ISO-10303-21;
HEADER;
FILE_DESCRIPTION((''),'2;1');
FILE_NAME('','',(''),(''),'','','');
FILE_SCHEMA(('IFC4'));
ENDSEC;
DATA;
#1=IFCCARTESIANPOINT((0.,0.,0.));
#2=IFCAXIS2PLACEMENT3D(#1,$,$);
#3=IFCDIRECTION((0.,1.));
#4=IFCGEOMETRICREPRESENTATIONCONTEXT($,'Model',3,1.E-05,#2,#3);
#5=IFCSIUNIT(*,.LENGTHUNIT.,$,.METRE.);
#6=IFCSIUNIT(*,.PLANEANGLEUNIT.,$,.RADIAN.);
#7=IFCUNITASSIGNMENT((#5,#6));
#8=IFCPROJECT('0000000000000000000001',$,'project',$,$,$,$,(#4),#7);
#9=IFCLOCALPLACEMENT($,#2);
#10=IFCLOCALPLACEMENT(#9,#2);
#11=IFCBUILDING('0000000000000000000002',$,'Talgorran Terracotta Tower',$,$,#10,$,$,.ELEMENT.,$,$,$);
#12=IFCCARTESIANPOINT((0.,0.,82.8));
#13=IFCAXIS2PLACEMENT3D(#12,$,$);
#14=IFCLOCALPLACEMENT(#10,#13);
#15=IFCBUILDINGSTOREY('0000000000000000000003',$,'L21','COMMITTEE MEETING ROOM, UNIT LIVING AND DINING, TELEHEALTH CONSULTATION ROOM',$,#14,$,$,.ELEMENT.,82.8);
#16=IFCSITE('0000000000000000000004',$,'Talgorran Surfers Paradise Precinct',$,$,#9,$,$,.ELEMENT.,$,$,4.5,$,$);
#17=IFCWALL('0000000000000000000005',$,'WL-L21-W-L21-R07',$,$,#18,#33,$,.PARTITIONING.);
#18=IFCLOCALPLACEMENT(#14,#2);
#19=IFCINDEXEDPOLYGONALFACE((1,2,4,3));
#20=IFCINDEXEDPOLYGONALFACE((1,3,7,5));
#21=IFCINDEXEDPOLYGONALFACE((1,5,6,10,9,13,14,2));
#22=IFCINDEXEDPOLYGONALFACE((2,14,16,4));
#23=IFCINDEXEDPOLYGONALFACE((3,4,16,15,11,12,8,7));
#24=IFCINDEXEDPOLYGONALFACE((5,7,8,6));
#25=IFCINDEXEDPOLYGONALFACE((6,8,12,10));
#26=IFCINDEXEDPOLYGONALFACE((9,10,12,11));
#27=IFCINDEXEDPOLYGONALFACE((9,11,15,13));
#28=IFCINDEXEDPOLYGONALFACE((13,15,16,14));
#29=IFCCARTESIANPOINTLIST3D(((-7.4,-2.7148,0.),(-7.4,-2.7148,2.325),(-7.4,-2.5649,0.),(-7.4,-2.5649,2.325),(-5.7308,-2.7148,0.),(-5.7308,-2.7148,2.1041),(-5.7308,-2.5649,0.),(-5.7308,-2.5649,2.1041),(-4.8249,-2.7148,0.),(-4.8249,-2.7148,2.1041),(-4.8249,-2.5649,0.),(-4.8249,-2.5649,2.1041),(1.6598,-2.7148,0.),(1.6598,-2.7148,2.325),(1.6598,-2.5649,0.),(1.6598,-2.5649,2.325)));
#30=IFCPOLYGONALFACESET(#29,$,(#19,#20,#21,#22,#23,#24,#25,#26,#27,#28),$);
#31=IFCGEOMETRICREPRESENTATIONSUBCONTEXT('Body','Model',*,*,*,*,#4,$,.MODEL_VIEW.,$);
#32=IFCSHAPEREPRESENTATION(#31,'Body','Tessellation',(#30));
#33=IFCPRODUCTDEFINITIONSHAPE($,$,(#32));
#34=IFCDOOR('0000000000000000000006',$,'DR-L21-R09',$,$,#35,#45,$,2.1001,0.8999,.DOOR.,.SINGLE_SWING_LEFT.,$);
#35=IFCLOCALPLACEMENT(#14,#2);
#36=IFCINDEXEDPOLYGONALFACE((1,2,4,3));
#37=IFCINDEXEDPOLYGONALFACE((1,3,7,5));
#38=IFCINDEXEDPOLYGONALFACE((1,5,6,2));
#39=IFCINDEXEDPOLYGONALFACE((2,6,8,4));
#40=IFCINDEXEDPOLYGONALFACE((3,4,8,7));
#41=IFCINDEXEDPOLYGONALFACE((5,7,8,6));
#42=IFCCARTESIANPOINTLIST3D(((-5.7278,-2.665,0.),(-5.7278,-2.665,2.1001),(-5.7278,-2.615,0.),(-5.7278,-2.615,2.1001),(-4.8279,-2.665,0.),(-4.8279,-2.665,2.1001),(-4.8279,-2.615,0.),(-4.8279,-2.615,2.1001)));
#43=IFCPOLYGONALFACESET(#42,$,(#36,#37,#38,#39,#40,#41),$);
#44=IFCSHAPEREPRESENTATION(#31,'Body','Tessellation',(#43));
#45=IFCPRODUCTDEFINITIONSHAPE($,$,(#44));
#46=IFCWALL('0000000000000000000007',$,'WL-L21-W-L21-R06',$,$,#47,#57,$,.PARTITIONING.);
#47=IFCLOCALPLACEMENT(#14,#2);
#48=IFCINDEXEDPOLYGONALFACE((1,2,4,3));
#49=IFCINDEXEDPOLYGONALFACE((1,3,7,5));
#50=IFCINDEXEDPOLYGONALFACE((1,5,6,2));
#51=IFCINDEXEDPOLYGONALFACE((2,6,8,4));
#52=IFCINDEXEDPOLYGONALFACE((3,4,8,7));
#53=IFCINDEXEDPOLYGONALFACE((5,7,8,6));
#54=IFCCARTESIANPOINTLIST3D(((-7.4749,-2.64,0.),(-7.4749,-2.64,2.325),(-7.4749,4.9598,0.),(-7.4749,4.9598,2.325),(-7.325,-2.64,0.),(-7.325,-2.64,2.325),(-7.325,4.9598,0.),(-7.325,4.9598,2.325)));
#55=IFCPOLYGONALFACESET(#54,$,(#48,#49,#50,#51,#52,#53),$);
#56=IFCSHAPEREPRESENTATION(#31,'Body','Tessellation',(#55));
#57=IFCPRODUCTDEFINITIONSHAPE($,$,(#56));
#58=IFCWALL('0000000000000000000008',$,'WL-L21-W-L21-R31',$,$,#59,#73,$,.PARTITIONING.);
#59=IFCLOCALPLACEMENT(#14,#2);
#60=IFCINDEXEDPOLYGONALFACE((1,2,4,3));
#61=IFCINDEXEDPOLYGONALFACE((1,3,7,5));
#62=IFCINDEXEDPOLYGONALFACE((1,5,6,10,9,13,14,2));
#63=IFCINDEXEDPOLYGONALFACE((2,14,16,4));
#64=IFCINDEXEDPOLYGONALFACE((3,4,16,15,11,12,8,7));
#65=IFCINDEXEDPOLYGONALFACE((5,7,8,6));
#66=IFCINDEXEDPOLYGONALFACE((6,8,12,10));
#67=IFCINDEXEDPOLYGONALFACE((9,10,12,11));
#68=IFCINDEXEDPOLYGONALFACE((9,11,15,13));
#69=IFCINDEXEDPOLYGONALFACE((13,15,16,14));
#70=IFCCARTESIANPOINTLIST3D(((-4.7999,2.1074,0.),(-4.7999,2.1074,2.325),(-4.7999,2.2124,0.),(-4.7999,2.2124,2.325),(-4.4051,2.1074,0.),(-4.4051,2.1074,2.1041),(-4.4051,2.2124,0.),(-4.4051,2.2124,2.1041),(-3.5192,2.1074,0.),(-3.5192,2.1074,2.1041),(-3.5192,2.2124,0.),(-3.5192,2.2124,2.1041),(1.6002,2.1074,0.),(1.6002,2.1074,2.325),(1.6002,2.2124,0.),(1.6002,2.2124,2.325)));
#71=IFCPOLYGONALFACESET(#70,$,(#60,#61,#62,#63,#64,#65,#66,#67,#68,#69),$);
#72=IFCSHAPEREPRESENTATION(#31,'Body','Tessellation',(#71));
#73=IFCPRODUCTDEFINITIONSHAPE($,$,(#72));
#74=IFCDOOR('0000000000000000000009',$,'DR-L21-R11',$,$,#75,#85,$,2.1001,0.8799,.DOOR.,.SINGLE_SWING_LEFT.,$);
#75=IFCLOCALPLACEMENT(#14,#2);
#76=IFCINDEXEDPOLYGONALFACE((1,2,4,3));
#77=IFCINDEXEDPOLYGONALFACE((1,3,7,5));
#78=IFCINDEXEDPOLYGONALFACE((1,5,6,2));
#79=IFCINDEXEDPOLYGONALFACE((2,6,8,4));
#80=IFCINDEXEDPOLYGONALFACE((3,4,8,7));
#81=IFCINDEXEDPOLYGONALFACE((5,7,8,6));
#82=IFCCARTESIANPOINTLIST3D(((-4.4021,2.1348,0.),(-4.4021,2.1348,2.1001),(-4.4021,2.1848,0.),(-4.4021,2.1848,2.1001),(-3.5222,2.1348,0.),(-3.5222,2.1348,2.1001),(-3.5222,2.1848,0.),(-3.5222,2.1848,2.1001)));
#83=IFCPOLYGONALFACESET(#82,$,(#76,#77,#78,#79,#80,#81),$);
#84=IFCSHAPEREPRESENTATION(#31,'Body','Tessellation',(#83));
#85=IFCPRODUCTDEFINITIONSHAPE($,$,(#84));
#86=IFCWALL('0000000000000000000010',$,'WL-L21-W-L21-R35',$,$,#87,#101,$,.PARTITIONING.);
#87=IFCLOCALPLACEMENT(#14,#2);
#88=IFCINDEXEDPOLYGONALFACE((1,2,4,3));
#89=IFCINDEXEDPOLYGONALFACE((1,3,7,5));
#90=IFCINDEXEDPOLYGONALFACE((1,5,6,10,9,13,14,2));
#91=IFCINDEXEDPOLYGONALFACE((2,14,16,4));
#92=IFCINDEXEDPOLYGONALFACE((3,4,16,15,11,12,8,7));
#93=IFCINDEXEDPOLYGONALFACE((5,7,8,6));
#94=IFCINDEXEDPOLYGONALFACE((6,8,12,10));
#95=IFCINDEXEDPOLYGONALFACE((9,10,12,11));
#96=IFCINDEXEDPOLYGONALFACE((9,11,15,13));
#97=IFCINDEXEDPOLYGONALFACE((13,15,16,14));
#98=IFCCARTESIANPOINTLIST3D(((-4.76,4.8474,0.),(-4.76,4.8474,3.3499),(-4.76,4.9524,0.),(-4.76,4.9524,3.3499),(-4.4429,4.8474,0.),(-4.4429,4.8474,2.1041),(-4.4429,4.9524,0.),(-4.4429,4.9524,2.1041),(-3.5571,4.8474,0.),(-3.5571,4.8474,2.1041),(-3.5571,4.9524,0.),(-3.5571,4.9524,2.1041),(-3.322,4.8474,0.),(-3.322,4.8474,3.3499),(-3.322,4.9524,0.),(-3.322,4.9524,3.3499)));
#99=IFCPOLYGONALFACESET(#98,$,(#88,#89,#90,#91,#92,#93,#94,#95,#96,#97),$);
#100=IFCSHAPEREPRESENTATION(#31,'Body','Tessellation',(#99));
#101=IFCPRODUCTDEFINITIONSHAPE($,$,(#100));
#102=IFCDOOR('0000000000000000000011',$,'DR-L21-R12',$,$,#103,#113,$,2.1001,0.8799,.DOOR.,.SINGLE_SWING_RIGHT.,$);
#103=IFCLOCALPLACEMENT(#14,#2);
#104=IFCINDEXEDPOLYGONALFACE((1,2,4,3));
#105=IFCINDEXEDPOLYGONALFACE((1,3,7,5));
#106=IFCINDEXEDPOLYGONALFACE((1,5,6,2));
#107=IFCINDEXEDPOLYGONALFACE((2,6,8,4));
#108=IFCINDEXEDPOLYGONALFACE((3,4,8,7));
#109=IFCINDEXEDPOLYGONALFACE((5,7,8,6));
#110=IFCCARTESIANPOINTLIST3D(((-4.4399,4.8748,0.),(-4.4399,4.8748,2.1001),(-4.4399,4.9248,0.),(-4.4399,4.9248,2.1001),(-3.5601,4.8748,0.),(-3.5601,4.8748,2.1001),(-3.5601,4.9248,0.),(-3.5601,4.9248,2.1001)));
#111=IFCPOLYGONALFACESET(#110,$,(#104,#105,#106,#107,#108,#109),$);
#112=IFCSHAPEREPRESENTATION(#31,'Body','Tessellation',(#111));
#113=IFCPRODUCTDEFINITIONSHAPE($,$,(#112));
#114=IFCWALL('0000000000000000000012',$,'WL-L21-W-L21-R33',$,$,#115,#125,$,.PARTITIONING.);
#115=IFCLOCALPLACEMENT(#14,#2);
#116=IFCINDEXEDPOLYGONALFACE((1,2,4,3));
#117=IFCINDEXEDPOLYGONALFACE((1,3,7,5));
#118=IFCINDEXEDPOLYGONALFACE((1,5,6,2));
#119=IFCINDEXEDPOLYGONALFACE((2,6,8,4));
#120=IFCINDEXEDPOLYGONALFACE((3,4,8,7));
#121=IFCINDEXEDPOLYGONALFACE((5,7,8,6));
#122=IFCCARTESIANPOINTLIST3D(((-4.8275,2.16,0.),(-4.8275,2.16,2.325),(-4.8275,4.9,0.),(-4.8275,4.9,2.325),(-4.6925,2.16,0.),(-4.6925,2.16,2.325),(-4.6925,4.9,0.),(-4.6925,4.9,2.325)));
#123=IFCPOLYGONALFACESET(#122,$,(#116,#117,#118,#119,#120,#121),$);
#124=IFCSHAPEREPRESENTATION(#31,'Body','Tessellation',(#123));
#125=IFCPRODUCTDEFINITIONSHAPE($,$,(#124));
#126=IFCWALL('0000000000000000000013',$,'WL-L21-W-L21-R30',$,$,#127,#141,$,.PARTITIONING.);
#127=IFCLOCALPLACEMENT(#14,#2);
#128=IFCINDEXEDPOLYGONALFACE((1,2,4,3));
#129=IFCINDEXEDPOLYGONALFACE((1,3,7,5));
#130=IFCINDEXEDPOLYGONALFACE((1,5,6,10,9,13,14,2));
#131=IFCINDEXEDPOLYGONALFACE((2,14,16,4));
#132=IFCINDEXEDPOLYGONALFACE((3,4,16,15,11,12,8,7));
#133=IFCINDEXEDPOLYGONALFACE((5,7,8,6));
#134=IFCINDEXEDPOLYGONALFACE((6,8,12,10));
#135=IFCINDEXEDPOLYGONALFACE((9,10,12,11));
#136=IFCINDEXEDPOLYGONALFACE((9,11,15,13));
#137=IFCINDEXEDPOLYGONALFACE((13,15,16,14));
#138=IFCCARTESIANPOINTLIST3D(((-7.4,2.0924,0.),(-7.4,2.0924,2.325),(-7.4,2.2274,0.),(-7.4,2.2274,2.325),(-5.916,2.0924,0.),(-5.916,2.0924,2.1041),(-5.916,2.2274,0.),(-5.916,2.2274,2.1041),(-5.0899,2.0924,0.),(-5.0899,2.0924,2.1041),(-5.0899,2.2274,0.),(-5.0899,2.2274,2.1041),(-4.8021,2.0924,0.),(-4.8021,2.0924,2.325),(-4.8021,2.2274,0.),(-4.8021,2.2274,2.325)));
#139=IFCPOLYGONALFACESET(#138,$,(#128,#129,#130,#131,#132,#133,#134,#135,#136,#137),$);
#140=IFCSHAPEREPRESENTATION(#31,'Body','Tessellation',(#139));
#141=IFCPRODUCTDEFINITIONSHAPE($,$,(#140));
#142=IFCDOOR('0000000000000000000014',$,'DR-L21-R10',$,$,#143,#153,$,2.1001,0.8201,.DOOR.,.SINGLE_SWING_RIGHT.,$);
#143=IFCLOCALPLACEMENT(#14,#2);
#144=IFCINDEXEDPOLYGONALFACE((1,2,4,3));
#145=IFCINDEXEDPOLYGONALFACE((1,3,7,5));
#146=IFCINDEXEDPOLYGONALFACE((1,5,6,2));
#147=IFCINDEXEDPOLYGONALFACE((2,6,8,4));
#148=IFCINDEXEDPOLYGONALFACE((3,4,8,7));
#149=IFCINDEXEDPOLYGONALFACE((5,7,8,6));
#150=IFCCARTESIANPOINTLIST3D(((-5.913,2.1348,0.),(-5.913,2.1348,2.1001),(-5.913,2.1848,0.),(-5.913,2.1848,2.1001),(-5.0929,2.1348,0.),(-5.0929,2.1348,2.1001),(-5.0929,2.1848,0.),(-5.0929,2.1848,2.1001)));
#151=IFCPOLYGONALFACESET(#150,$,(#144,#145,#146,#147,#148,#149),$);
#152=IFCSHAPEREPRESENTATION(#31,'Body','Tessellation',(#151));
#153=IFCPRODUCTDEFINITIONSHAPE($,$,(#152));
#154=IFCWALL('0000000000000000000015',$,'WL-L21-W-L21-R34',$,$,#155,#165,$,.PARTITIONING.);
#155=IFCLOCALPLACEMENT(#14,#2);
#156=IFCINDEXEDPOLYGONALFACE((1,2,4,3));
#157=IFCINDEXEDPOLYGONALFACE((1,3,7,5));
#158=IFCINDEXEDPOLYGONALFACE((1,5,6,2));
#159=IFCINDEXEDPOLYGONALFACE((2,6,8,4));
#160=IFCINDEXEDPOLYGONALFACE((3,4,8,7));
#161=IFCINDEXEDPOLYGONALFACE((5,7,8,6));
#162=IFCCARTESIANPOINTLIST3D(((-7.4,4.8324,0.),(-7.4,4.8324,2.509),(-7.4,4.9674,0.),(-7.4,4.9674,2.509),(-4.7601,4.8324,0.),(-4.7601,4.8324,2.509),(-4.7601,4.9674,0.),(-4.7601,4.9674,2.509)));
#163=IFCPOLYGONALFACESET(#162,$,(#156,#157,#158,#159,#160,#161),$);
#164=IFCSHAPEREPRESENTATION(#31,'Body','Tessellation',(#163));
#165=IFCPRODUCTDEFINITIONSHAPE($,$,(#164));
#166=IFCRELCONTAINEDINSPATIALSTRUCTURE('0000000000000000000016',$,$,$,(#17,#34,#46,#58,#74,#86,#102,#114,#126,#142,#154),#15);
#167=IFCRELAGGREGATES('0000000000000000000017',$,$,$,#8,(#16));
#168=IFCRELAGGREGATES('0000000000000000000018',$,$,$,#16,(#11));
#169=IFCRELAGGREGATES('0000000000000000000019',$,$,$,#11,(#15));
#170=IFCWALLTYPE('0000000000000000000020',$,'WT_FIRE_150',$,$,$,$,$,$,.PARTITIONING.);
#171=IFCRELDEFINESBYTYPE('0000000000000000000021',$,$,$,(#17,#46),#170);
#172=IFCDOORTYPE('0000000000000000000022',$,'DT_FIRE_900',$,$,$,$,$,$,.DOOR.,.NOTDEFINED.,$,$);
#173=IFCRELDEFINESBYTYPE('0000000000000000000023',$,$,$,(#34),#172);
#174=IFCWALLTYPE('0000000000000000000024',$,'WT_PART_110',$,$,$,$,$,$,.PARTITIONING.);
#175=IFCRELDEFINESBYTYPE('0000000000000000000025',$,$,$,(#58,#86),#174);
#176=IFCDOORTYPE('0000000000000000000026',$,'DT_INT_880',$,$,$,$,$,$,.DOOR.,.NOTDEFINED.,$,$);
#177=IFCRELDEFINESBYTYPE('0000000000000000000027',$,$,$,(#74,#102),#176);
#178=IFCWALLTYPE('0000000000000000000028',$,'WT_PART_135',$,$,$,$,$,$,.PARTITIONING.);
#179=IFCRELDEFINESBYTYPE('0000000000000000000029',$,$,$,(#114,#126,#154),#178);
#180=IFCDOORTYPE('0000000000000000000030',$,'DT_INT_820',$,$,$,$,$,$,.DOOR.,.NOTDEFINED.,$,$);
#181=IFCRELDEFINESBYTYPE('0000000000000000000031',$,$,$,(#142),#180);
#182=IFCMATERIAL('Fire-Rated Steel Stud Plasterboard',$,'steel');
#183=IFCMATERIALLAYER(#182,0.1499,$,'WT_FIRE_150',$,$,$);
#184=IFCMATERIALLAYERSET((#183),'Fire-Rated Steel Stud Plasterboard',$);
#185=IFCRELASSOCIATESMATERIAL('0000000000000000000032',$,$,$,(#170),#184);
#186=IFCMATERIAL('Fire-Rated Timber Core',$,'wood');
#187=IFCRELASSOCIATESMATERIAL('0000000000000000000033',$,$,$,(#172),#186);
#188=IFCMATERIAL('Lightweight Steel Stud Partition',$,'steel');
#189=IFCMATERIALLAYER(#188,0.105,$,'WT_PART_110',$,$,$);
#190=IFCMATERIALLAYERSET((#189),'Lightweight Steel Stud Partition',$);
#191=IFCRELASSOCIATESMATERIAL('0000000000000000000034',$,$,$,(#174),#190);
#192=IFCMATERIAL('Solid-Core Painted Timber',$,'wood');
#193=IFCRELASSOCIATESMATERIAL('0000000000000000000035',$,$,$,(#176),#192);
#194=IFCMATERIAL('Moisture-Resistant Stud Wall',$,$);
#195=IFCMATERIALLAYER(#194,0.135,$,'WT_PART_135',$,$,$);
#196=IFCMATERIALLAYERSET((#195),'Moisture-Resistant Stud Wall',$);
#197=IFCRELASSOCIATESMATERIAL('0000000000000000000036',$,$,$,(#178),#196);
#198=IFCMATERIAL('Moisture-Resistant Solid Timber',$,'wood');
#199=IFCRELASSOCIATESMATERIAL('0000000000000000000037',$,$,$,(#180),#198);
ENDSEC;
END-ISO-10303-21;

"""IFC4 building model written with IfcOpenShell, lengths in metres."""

from ifc_helpers import new_model, si_unit, direction, frame, frame_2d, origin, place, context, subcontext, project, spatial, rectangle, extrude, material, layer, layer_set, type_object, element, fill, save


model = new_model("IFC4")

# Units and contexts
model_context = context("Model", 3, precision=1e-05, world=origin(), true_north=direction((0.0, 1.0)))
body_context = subcontext(model_context, "Body", "Model", "MODEL_VIEW")
ifc_project = project(units=[si_unit("LENGTHUNIT", "METRE"), si_unit("PLANEANGLEUNIT", "RADIAN")], contexts=[model_context])

# Site, building, storey
site_placement = place(None, origin())
site = spatial("IfcSite", under=ifc_project, at=site_placement, Name="Talgorran Surfers Paradise Precinct", CompositionType="ELEMENT", RefElevation=4.5)
building_placement = place(site_placement, origin())
building = spatial("IfcBuilding", under=site, at=building_placement, Name="Talgorran Terracotta Tower", CompositionType="ELEMENT")
storey_placement = place(building_placement, frame((0.0, 0.0, 82.8)))
storey = spatial("IfcBuildingStorey", under=building, at=storey_placement, Name="L21", Description="COMMITTEE MEETING ROOM, UNIT LIVING AND DINING, TELEHEALTH CONSULTATION ROOM", CompositionType="ELEMENT", Elevation=82.8)

# Wall, opening, door
ifc_material_1 = material(Name="Fire-Rated Steel Stud Plasterboard", Category="steel")
ifc_layer_1 = layer(ifc_material_1, 0.1499, Name="WT_FIRE_150")
ifc_layer_set_1 = layer_set([ifc_layer_1], Name="Fire-Rated Steel Stud Plasterboard")
wall_type_1 = type_object("IfcWallType", Name="WT_FIRE_150", PredefinedType="PARTITIONING", material=ifc_layer_set_1)
wall_1_placement = place(storey_placement, frame((-7.3999, -2.6399, 0.0), z_axis=(0.0, 0.0, 1.0), x_axis=(1.0, 0.0, 0.0)))
wall_1 = element("IfcWall", 1, at=wall_1_placement, inside=storey, type_object=wall_type_1, Name="WL-L21-W-L21-R07", PredefinedType="PARTITIONING", context=body_context, shape_type="SweptSolid", body=[
    extrude(rectangle(XDim=9.0598, YDim=0.1499, at=frame_2d((4.5298, 0.0))), origin(), (0.0, 0.0, 1.0), 2.325),
])
opening_1_placement = place(wall_1_placement, frame((1.6721, 0.0, 0.0)))
opening_1 = element("IfcOpeningElement", 2, at=opening_1_placement, cuts=wall_1, PredefinedType="OPENING", context=body_context, shape_type="SweptSolid", body=[
    extrude(rectangle(XDim=0.9059, YDim=2.1041, at=frame_2d((0.45, 1.052))), frame((0.0, 0.085, 0.0), z_axis=(0.0, -1.0, 0.0), x_axis=(1.0, 0.0, 0.0)), (0.0, 0.0, 1.0), 0.1699),
])
ifc_material_2 = material(Name="Fire-Rated Timber Core", Category="wood")
door_type_1 = type_object("IfcDoorType", Name="DT_FIRE_900", OperationType="NOTDEFINED", PredefinedType="DOOR", material=ifc_material_2)
door_1_placement = place(opening_1_placement, origin())
door_1 = element("IfcDoor", 3, at=door_1_placement, inside=storey, type_object=door_type_1, Name="DR-L21-R09", OperationType="SINGLE_SWING_LEFT", OverallHeight=2.1001, OverallWidth=0.8999, PredefinedType="DOOR", context=body_context, shape_type="SweptSolid", body=[
    extrude(rectangle(XDim=0.8999, YDim=2.1001, at=frame_2d((0.45, 1.05))), frame((0.0, 0.0249, 0.0), z_axis=(0.0, -1.0, 0.0), x_axis=(1.0, 0.0, 0.0)), (0.0, 0.0, 1.0), 0.05),
])
fill(opening_1, door_1)

# Wall
wall_2_placement = place(storey_placement, frame((-7.3999, -2.6399, 0.0), z_axis=(0.0, 0.0, 1.0), x_axis=(0.0, 1.0, 0.0)))
element("IfcWall", 4, at=wall_2_placement, inside=storey, type_object=wall_type_1, Name="WL-L21-W-L21-R06", PredefinedType="PARTITIONING", context=body_context, shape_type="SweptSolid", body=[
    extrude(rectangle(XDim=7.5999, YDim=0.1499, at=frame_2d((3.7998, 0.0))), origin(), (0.0, 0.0, 1.0), 2.325),
])

# Walls, openings, doors
ifc_material_3 = material(Name="Lightweight Steel Stud Partition", Category="steel")
ifc_layer_2 = layer(ifc_material_3, 0.105, Name="WT_PART_110")
ifc_layer_set_2 = layer_set([ifc_layer_2], Name="Lightweight Steel Stud Partition")
wall_type_2 = type_object("IfcWallType", Name="WT_PART_110", PredefinedType="PARTITIONING", material=ifc_layer_set_2)
wall_3_placement = place(storey_placement, frame((-4.8, 2.1599, 0.0), z_axis=(0.0, 0.0, 1.0), x_axis=(1.0, 0.0, 0.0)))
wall_3 = element("IfcWall", 5, at=wall_3_placement, inside=storey, type_object=wall_type_2, Name="WL-L21-W-L21-R31", PredefinedType="PARTITIONING", context=body_context, shape_type="SweptSolid", body=[
    extrude(rectangle(XDim=6.4001, YDim=0.105, at=frame_2d((3.2002, 0.0))), origin(), (0.0, 0.0, 1.0), 2.325),
])
opening_2_placement = place(wall_3_placement, frame((0.3979, 0.0, 0.0)))
opening_2 = element("IfcOpeningElement", 6, at=opening_2_placement, cuts=wall_3, PredefinedType="OPENING", context=body_context, shape_type="SweptSolid", body=[
    extrude(rectangle(XDim=0.8859, YDim=2.1041, at=frame_2d((0.4399, 1.052))), frame((0.0, 0.0625, 0.0), z_axis=(0.0, -1.0, 0.0), x_axis=(1.0, 0.0, 0.0)), (0.0, 0.0, 1.0), 0.125),
])
ifc_material_4 = material(Name="Solid-Core Painted Timber", Category="wood")
door_type_2 = type_object("IfcDoorType", Name="DT_INT_880", OperationType="NOTDEFINED", PredefinedType="DOOR", material=ifc_material_4)
door_2_placement = place(opening_2_placement, origin())
door_2 = element("IfcDoor", 7, at=door_2_placement, inside=storey, type_object=door_type_2, Name="DR-L21-R11", OperationType="SINGLE_SWING_LEFT", OverallHeight=2.1001, OverallWidth=0.8799, PredefinedType="DOOR", context=body_context, shape_type="SweptSolid", body=[
    extrude(rectangle(XDim=0.8799, YDim=2.1001, at=frame_2d((0.4399, 1.05))), frame((0.0, 0.0249, 0.0), z_axis=(0.0, -1.0, 0.0), x_axis=(1.0, 0.0, 0.0)), (0.0, 0.0, 1.0), 0.05),
])
fill(opening_2, door_2)
wall_4_placement = place(storey_placement, frame((-4.76, 4.8999, 0.0), z_axis=(0.0, 0.0, 1.0), x_axis=(1.0, 0.0, 0.0)))
wall_4 = element("IfcWall", 8, at=wall_4_placement, inside=storey, type_object=wall_type_2, Name="WL-L21-W-L21-R35", PredefinedType="PARTITIONING", context=body_context, shape_type="SweptSolid", body=[
    extrude(rectangle(XDim=1.438, YDim=0.105, at=frame_2d((0.719, 0.0))), origin(), (0.0, 0.0, 1.0), 3.3499),
])
opening_3_placement = place(wall_4_placement, frame((0.3201, 0.0, 0.0)))
opening_3 = element("IfcOpeningElement", 9, at=opening_3_placement, cuts=wall_4, PredefinedType="OPENING", context=body_context, shape_type="SweptSolid", body=[
    extrude(rectangle(XDim=0.8859, YDim=2.1041, at=frame_2d((0.4399, 1.052))), frame((0.0, 0.0625, 0.0), z_axis=(0.0, -1.0, 0.0), x_axis=(1.0, 0.0, 0.0)), (0.0, 0.0, 1.0), 0.125),
])
door_3_placement = place(opening_3_placement, origin())
door_3 = element("IfcDoor", 10, at=door_3_placement, inside=storey, type_object=door_type_2, Name="DR-L21-R12", OperationType="SINGLE_SWING_RIGHT", OverallHeight=2.1001, OverallWidth=0.8799, PredefinedType="DOOR", context=body_context, shape_type="SweptSolid", body=[
    extrude(rectangle(XDim=0.8799, YDim=2.1001, at=frame_2d((0.4399, 1.05))), frame((0.0, 0.0249, 0.0), z_axis=(0.0, -1.0, 0.0), x_axis=(1.0, 0.0, 0.0)), (0.0, 0.0, 1.0), 0.05),
])
fill(opening_3, door_3)

# Wall
ifc_material_5 = material(Name="Moisture-Resistant Stud Wall")
ifc_layer_3 = layer(ifc_material_5, 0.135, Name="WT_PART_135")
ifc_layer_set_3 = layer_set([ifc_layer_3], Name="Moisture-Resistant Stud Wall")
wall_type_3 = type_object("IfcWallType", Name="WT_PART_135", PredefinedType="PARTITIONING", material=ifc_layer_set_3)
wall_5_placement = place(storey_placement, frame((-4.76, 2.1599, 0.0), z_axis=(0.0, 0.0, 1.0), x_axis=(0.0, 1.0, 0.0)))
element("IfcWall", 11, at=wall_5_placement, inside=storey, type_object=wall_type_3, Name="WL-L21-W-L21-R33", PredefinedType="PARTITIONING", context=body_context, shape_type="SweptSolid", body=[
    extrude(rectangle(XDim=2.74, YDim=0.135, at=frame_2d((1.3701, 0.0))), origin(), (0.0, 0.0, 1.0), 2.325),
])

# Wall, opening, door
wall_6_placement = place(storey_placement, frame((-7.3999, 2.1599, 0.0), z_axis=(0.0, 0.0, 1.0), x_axis=(1.0, 0.0, 0.0)))
wall_6 = element("IfcWall", 12, at=wall_6_placement, inside=storey, type_object=wall_type_3, Name="WL-L21-W-L21-R30", PredefinedType="PARTITIONING", context=body_context, shape_type="SweptSolid", body=[
    extrude(rectangle(XDim=2.5979, YDim=0.135, at=frame_2d((1.2988, 0.0))), origin(), (0.0, 0.0, 1.0), 2.325),
])
opening_4_placement = place(wall_6_placement, frame((1.4868, 0.0, 0.0)))
opening_4 = element("IfcOpeningElement", 13, at=opening_4_placement, cuts=wall_6, PredefinedType="OPENING", context=body_context, shape_type="SweptSolid", body=[
    extrude(rectangle(XDim=0.8261, YDim=2.1041, at=frame_2d((0.4102, 1.052))), frame((0.0, 0.0776, 0.0), z_axis=(0.0, -1.0, 0.0), x_axis=(1.0, 0.0, 0.0)), (0.0, 0.0, 1.0), 0.155),
])
ifc_material_6 = material(Name="Moisture-Resistant Solid Timber", Category="wood")
door_type_3 = type_object("IfcDoorType", Name="DT_INT_820", OperationType="NOTDEFINED", PredefinedType="DOOR", material=ifc_material_6)
door_4_placement = place(opening_4_placement, origin())
door_4 = element("IfcDoor", 14, at=door_4_placement, inside=storey, type_object=door_type_3, Name="DR-L21-R10", OperationType="SINGLE_SWING_RIGHT", OverallHeight=2.1001, OverallWidth=0.8201, PredefinedType="DOOR", context=body_context, shape_type="SweptSolid", body=[
    extrude(rectangle(XDim=0.8201, YDim=2.1001, at=frame_2d((0.4102, 1.05))), frame((0.0, 0.0249, 0.0), z_axis=(0.0, -1.0, 0.0), x_axis=(1.0, 0.0, 0.0)), (0.0, 0.0, 1.0), 0.05),
])
fill(opening_4, door_4)

# Wall
wall_7_placement = place(storey_placement, frame((-7.3999, 4.8999, 0.0), z_axis=(0.0, 0.0, 1.0), x_axis=(1.0, 0.0, 0.0)))
element("IfcWall", 15, at=wall_7_placement, inside=storey, type_object=wall_type_3, Name="WL-L21-W-L21-R34", PredefinedType="PARTITIONING", context=body_context, shape_type="SweptSolid", body=[
    extrude(rectangle(XDim=2.6399, YDim=0.135, at=frame_2d((1.3198, 0.0))), origin(), (0.0, 0.0, 1.0), 2.509),
])

save(model, "model.ifc")
